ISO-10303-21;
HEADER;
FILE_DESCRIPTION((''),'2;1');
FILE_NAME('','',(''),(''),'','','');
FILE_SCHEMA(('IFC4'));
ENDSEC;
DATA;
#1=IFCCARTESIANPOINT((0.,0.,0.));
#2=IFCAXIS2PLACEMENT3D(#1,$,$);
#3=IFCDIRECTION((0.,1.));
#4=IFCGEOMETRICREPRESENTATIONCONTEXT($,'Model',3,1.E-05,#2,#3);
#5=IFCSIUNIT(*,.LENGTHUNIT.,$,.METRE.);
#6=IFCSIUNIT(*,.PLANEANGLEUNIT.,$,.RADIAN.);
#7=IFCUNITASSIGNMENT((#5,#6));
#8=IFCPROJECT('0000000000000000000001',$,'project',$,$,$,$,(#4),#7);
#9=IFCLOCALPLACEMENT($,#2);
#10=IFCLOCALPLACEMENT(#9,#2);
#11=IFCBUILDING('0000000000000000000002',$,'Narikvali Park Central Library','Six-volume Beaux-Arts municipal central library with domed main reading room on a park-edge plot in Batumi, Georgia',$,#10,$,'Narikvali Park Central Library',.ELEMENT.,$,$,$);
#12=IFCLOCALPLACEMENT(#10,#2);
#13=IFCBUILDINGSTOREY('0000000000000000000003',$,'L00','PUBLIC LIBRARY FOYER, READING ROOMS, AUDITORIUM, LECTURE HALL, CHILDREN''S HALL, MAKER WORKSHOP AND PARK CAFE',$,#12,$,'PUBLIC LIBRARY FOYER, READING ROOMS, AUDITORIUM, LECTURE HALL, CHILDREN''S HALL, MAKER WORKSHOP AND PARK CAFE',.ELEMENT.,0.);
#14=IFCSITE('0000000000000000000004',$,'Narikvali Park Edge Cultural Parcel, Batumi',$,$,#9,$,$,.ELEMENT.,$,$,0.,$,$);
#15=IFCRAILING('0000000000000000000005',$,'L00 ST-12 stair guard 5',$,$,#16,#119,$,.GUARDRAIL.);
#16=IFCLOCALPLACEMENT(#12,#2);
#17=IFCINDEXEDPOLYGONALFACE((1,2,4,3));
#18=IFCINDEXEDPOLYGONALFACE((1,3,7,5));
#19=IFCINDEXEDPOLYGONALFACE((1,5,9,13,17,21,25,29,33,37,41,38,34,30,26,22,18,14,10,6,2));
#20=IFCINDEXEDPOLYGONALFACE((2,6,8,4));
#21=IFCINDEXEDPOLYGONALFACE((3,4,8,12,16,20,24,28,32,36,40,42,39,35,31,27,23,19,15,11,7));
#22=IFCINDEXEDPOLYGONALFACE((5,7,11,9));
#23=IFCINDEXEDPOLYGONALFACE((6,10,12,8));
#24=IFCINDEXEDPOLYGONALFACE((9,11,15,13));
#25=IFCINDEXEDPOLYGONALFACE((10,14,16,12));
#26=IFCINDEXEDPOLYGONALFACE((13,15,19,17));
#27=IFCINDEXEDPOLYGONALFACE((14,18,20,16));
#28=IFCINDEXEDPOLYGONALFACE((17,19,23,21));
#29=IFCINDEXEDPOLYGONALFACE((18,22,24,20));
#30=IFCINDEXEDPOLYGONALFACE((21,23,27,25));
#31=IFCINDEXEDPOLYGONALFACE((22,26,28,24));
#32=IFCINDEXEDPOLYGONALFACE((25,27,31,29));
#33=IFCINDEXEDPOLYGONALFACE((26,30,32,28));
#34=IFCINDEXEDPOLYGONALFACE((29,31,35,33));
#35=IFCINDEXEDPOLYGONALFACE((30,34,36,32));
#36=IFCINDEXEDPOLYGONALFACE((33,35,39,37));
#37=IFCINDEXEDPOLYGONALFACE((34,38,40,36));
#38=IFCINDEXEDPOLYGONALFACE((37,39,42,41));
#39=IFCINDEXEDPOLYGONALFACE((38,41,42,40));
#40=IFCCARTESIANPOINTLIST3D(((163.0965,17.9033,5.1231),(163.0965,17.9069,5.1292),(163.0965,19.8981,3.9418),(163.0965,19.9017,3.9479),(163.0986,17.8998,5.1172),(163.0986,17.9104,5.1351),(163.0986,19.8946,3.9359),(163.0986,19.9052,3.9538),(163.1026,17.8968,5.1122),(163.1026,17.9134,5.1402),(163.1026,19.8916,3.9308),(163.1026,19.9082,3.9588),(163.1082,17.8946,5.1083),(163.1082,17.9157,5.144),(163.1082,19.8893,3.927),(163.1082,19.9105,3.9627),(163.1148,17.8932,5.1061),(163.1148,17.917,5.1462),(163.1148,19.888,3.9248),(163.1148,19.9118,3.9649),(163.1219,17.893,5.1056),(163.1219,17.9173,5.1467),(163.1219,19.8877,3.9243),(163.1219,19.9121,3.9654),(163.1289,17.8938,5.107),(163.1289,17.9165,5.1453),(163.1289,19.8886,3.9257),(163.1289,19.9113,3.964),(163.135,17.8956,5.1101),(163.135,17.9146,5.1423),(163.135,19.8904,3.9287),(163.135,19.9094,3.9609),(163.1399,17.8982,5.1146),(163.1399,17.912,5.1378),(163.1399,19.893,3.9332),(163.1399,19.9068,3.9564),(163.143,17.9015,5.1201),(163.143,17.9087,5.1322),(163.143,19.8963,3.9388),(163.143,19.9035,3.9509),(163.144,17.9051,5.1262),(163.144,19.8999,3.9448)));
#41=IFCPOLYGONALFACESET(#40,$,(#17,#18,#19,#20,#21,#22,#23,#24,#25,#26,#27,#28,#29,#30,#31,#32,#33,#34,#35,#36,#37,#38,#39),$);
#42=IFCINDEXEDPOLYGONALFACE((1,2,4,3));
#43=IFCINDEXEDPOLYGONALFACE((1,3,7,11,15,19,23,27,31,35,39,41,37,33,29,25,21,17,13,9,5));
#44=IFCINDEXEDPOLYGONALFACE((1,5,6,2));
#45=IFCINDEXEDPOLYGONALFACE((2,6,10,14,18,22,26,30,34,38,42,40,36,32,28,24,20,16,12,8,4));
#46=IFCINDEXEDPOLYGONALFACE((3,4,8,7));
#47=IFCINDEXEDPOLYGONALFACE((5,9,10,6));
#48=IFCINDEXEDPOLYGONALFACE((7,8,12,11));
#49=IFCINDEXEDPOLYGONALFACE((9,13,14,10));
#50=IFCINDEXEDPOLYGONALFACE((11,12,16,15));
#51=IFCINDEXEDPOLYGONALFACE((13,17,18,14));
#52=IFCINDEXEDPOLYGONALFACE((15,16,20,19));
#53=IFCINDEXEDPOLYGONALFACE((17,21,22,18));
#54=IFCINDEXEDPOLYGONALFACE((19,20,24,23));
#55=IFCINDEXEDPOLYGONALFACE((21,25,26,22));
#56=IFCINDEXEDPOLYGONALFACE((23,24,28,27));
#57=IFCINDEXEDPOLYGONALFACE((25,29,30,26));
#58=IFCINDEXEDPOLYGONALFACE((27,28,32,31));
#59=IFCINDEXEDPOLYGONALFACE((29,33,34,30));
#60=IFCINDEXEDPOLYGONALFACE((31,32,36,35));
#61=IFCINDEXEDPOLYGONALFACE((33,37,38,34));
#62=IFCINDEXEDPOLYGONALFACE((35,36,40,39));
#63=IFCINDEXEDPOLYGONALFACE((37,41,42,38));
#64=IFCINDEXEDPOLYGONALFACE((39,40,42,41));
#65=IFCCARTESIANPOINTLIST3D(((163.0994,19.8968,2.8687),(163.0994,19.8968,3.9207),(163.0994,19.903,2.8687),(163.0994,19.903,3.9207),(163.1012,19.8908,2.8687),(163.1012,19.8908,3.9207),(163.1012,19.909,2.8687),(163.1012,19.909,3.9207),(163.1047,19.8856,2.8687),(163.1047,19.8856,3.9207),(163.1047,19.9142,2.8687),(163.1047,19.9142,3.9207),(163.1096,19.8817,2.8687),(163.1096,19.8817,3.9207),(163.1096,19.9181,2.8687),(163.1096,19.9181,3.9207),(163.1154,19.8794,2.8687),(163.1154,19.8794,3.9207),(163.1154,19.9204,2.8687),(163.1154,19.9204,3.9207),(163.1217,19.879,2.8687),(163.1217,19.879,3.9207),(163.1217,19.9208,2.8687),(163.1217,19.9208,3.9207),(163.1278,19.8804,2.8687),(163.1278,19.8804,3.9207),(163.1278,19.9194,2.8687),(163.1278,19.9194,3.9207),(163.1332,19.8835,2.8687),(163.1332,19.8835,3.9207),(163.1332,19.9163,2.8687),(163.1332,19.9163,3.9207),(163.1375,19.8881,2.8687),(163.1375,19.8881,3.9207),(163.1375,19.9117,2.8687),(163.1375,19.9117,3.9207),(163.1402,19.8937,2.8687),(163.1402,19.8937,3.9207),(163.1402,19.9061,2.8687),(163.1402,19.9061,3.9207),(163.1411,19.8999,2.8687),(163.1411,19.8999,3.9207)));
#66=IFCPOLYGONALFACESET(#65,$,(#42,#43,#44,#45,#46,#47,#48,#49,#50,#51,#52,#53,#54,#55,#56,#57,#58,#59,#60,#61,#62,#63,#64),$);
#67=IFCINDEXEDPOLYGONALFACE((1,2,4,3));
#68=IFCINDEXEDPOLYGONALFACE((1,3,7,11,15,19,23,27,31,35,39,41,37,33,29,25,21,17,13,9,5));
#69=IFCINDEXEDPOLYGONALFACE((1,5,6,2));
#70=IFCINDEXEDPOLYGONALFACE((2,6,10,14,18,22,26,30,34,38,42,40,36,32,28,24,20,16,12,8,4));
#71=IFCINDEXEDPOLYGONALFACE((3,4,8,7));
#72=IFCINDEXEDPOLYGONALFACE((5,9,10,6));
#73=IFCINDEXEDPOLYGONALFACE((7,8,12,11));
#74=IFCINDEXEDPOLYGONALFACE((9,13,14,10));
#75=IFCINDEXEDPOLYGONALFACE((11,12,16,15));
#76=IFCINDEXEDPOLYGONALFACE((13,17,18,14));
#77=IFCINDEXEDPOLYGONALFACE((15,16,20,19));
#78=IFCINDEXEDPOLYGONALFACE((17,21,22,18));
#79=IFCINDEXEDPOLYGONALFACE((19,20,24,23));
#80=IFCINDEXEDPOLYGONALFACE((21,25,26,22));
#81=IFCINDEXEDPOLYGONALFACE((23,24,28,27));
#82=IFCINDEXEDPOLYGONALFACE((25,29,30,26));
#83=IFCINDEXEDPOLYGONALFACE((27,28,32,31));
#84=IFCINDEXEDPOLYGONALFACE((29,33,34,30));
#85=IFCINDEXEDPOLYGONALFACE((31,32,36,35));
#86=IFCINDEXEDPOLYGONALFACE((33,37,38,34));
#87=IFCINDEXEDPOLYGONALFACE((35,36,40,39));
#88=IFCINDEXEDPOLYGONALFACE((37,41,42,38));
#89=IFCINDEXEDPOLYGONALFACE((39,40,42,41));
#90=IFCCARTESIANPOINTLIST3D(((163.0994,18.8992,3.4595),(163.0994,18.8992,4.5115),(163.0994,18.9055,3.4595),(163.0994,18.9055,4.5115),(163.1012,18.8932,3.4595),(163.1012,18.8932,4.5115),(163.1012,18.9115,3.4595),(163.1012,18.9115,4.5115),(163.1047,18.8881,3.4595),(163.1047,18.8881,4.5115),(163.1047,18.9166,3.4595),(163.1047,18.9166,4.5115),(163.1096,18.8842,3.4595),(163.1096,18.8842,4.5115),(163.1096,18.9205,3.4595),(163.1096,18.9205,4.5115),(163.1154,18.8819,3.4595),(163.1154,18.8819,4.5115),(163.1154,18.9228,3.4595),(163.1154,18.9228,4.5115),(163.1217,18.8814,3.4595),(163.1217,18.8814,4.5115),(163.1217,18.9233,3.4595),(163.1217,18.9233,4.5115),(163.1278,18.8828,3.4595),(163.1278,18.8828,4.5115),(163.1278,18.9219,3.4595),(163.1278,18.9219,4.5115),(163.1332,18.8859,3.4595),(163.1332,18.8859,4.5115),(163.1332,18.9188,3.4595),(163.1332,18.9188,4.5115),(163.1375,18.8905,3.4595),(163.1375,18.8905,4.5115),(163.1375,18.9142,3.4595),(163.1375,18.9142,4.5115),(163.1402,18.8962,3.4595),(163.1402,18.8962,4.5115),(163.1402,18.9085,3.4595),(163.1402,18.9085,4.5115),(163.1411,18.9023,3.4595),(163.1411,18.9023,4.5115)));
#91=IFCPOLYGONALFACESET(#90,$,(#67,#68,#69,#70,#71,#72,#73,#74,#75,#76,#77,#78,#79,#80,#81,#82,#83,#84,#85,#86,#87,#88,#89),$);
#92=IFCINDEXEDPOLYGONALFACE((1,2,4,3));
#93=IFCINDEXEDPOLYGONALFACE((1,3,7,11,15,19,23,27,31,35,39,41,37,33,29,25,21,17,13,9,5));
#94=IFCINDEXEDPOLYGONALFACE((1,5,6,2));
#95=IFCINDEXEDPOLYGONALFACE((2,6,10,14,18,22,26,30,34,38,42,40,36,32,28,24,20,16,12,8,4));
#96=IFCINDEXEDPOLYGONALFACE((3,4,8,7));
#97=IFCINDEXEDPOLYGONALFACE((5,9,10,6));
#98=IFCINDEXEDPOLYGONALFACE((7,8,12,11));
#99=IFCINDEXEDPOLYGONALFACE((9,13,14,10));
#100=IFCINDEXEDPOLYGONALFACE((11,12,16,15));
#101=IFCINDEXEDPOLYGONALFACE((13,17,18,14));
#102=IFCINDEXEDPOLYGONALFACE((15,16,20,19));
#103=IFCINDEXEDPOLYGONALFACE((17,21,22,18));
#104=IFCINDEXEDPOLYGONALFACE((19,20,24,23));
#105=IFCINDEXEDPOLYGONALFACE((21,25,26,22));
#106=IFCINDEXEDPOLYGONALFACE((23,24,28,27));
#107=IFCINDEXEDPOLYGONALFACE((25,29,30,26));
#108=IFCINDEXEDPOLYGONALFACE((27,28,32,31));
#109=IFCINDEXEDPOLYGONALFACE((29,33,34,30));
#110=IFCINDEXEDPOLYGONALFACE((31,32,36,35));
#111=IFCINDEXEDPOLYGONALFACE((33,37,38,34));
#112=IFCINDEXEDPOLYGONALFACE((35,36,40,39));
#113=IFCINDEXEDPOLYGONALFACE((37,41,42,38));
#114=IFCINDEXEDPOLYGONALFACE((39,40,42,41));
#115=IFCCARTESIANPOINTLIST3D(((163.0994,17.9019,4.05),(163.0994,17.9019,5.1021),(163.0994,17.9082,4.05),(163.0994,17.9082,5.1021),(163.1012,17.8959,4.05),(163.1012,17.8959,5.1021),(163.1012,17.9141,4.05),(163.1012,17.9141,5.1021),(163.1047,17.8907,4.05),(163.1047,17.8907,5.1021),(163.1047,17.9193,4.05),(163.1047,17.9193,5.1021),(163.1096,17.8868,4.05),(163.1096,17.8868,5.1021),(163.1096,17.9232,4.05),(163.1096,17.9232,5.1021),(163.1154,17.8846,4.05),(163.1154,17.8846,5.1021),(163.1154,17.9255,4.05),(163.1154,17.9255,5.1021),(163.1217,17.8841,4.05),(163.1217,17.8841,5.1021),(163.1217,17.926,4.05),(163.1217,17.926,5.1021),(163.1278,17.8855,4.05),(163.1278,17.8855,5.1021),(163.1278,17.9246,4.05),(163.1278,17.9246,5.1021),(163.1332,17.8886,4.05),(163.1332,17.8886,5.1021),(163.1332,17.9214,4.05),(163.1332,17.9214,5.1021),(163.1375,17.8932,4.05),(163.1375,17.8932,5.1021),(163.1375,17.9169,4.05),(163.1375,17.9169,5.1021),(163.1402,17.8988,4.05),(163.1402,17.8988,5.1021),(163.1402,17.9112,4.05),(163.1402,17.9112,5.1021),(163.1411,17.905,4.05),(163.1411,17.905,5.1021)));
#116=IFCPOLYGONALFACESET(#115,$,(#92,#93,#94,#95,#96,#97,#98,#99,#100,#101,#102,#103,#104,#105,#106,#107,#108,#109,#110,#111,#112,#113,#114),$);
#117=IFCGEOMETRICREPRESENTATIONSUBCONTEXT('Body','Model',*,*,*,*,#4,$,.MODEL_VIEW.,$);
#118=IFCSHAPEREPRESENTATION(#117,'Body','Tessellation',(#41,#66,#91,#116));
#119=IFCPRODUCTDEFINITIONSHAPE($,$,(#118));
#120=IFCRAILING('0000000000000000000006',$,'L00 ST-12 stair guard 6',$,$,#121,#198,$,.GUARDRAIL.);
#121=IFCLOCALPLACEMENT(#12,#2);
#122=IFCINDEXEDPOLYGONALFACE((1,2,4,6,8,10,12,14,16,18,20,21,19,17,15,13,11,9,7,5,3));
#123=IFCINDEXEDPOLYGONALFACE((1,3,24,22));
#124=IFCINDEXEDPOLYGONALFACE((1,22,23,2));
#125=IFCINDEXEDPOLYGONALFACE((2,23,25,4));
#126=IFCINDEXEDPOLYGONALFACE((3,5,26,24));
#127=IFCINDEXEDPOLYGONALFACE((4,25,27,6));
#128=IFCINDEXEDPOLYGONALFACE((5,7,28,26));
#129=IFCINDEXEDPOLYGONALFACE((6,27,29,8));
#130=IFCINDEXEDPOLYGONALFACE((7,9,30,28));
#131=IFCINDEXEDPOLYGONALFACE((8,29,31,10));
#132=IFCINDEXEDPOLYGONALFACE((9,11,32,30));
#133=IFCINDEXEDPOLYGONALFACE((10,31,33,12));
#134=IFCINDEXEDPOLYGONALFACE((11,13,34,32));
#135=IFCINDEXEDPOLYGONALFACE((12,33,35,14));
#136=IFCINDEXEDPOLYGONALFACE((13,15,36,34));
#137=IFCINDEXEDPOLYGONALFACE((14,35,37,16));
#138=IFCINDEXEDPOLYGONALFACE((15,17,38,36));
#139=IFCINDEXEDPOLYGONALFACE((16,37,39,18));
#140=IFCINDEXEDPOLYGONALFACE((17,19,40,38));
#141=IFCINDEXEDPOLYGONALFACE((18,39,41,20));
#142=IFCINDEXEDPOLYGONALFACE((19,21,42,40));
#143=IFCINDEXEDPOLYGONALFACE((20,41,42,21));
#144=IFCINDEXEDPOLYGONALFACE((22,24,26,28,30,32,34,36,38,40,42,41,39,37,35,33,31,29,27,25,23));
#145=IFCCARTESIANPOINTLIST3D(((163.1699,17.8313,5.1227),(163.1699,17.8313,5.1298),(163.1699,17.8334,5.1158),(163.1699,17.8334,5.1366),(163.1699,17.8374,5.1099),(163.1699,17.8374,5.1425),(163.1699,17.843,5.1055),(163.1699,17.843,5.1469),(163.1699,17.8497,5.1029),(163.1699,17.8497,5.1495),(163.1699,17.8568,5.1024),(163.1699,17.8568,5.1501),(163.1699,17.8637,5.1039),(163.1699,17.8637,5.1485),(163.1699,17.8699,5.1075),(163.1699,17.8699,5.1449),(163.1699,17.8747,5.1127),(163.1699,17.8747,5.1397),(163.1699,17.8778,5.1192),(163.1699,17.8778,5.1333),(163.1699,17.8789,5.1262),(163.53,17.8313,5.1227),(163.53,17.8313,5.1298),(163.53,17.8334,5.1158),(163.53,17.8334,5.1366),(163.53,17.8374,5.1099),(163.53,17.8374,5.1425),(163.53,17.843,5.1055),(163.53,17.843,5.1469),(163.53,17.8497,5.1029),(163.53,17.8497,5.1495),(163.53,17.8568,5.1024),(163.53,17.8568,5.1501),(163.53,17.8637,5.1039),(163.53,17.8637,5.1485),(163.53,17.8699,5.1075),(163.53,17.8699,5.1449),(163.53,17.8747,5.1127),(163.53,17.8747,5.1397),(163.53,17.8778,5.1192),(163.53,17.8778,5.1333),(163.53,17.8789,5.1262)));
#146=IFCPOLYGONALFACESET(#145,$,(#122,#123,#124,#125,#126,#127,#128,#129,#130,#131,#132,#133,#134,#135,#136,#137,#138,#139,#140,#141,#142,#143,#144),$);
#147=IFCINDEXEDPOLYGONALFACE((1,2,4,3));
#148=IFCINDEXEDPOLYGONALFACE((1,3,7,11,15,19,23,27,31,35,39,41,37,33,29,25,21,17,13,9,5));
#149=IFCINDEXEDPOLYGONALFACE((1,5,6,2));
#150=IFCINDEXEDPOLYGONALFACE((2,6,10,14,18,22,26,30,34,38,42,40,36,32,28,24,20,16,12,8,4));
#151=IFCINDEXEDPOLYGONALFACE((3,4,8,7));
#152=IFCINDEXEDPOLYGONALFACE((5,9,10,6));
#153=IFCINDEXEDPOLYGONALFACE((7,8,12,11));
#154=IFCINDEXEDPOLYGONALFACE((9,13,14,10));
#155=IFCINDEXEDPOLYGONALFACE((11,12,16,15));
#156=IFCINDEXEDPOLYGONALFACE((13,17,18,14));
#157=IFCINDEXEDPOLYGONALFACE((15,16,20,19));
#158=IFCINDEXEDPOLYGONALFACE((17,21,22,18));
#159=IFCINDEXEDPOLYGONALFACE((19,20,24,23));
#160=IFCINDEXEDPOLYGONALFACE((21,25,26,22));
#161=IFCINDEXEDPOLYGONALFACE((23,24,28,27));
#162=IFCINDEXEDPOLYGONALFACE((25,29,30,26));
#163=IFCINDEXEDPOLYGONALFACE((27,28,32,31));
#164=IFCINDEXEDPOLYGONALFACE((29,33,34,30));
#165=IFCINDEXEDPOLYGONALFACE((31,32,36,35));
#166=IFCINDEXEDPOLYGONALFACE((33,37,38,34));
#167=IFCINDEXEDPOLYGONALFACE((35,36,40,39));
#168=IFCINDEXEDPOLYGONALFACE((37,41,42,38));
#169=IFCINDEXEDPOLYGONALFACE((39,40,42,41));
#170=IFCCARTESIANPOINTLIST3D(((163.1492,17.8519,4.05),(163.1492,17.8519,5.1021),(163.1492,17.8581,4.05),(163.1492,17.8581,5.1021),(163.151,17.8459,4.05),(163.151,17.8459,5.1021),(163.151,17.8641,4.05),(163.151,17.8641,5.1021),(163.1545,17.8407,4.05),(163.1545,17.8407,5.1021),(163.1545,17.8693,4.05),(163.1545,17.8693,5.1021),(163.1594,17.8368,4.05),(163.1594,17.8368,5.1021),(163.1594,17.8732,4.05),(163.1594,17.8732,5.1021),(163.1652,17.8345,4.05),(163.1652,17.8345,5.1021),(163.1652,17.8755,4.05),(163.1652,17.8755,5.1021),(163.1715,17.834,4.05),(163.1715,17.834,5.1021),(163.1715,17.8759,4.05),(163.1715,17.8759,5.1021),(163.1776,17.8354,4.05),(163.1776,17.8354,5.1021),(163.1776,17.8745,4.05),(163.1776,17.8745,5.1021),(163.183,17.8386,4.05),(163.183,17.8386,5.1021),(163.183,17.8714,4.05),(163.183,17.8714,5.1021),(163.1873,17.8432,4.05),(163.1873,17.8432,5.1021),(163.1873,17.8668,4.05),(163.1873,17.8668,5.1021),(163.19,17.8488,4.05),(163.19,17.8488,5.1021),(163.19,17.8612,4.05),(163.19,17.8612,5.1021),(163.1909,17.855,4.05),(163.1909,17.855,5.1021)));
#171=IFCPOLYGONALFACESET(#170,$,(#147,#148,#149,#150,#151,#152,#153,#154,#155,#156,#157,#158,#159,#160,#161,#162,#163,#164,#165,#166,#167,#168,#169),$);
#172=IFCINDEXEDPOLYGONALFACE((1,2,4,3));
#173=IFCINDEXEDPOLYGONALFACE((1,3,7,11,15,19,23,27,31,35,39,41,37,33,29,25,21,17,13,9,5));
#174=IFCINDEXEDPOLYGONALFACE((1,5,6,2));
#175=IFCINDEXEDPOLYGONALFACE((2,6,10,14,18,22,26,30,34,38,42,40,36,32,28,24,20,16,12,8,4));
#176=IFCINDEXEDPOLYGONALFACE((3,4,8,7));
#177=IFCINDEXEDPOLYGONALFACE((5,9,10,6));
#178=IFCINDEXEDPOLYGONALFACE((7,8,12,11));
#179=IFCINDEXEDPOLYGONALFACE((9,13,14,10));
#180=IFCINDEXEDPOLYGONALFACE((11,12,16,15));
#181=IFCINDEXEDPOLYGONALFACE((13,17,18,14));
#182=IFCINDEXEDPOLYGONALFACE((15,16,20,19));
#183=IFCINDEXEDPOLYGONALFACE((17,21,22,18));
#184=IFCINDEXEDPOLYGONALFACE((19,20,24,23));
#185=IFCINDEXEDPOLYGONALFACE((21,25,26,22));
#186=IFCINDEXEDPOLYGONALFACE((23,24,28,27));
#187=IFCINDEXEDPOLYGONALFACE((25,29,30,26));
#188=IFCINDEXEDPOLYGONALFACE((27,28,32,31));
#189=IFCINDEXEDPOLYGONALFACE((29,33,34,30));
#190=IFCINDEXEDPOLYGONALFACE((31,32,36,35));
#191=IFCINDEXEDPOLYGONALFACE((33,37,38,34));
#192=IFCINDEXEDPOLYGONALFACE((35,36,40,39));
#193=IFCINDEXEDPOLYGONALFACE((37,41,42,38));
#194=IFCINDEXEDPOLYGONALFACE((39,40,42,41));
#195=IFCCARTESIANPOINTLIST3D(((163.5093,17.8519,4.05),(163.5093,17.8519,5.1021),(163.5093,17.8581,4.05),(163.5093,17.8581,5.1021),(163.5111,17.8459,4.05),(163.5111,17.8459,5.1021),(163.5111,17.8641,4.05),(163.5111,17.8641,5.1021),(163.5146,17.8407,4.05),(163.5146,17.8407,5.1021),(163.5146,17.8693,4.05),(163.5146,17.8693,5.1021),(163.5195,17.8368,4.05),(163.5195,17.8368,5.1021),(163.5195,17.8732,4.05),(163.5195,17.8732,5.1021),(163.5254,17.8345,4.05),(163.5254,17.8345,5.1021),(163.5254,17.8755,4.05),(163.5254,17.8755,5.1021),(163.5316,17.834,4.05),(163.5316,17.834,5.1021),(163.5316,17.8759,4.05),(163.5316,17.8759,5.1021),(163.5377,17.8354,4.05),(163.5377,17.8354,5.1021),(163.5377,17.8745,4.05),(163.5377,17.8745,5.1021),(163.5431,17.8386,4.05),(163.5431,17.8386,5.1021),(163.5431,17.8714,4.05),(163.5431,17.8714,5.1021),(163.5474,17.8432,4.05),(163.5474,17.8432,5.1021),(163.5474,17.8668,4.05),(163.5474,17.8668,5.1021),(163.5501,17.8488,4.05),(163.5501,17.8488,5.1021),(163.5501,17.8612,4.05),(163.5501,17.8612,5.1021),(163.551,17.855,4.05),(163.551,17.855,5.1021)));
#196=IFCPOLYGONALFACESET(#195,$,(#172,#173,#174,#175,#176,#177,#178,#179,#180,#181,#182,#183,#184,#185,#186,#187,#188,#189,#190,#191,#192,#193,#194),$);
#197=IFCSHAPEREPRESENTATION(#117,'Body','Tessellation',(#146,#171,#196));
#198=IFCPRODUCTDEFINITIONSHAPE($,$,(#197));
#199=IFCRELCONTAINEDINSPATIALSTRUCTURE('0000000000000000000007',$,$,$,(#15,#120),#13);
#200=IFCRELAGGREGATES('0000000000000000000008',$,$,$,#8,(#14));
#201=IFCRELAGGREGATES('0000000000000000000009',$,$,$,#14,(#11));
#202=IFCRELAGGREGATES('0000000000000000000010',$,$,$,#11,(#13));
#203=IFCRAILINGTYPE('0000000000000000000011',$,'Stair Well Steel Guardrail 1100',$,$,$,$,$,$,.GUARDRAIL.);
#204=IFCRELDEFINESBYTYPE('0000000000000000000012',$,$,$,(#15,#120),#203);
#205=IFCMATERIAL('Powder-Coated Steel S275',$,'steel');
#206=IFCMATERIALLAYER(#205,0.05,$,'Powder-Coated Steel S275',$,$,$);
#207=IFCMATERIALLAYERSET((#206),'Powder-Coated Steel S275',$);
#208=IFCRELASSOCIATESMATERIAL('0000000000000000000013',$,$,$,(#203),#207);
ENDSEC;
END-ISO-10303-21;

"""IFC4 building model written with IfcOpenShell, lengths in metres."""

from ifc_helpers import new_model, si_unit, direction, frame, origin, origin_2d, place, context, subcontext, project, spatial, circle, extrude, material, layer, layer_set, type_object, element, save


model = new_model("IFC4")

# Units and contexts
model_context = context("Model", 3, precision=1e-05, world=origin(), true_north=direction((0.0, 1.0)))
body_context = subcontext(model_context, "Body", "Model", "MODEL_VIEW")
ifc_project = project(units=[si_unit("LENGTHUNIT", "METRE"), si_unit("PLANEANGLEUNIT", "RADIAN")], contexts=[model_context])

# Site, building, storey
site_placement = place(None, origin())
site = spatial("IfcSite", under=ifc_project, at=site_placement, Name="Narikvali Park Edge Cultural Parcel, Batumi", CompositionType="ELEMENT", RefElevation=0.0)
building_placement = place(site_placement, origin())
building = spatial("IfcBuilding", under=site, at=building_placement, Name="Narikvali Park Central Library", Description="Six-volume Beaux-Arts municipal central library with domed main reading room on a park-edge plot in Batumi, Georgia", LongName="Narikvali Park Central Library", CompositionType="ELEMENT")
storey_placement = place(building_placement, origin())
storey = spatial("IfcBuildingStorey", under=building, at=storey_placement, Name="L00", Description="PUBLIC LIBRARY FOYER, READING ROOMS, AUDITORIUM, LECTURE HALL, CHILDREN'S HALL, MAKER WORKSHOP AND PARK CAFE", LongName="PUBLIC LIBRARY FOYER, READING ROOMS, AUDITORIUM, LECTURE HALL, CHILDREN'S HALL, MAKER WORKSHOP AND PARK CAFE", CompositionType="ELEMENT", Elevation=0.0)

# Railings
ifc_material_1 = material(Name="Powder-Coated Steel S275", Category="steel")
ifc_layer_1 = layer(ifc_material_1, 0.05, Name="Powder-Coated Steel S275")
ifc_layer_set_1 = layer_set([ifc_layer_1], Name="Powder-Coated Steel S275")
railing_type_1 = type_object("IfcRailingType", Name="Stair Well Steel Guardrail 1100", PredefinedType="GUARDRAIL", material=ifc_layer_set_1)
railing_1_placement = place(storey_placement, frame((163.1201, 19.8999, 2.8687)))
element("IfcRailing", 1, at=railing_1_placement, inside=storey, type_object=railing_type_1, Name="L00 ST-12 stair guard 5", PredefinedType="GUARDRAIL", context=body_context, shape_type="SweptSolid", body=[
    extrude(circle(Radius=0.0239, at=origin_2d()), frame((0.0, 0.0, 1.0762), z_axis=(0.0, -0.860433, 0.509563), x_axis=(1.0, 0.0, 0.0)), (0.0, 0.0, 1.0), 2.3184),
    extrude(circle(Radius=0.021, at=origin_2d()), origin(), (0.0, 0.0, 1.0), 1.052),
    extrude(circle(Radius=0.021, at=origin_2d()), frame((0.0, -0.9976, 0.5908)), (0.0, 0.0, 1.0), 1.052),
    extrude(circle(Radius=0.021, at=origin_2d()), frame((0.0, -1.9949, 1.1814)), (0.0, 0.0, 1.0), 1.052),
])
railing_2_placement = place(storey_placement, frame((163.1699, 17.855, 4.05)))
element("IfcRailing", 2, at=railing_2_placement, inside=storey, type_object=railing_type_1, Name="L00 ST-12 stair guard 6", PredefinedType="GUARDRAIL", context=body_context, shape_type="SweptSolid", body=[
    extrude(circle(Radius=0.0239, at=origin_2d()), frame((0.0, 0.0, 1.0762), z_axis=(1.0, 0.0, 0.0), x_axis=(0.0, 1.0, 0.0)), (0.0, 0.0, 1.0), 0.3601),
    extrude(circle(Radius=0.021, at=origin_2d()), origin(), (0.0, 0.0, 1.0), 1.052),
    extrude(circle(Radius=0.021, at=origin_2d()), frame((0.3601, 0.0, 0.0)), (0.0, 0.0, 1.0), 1.052),
])

save(model, "model.ifc")
